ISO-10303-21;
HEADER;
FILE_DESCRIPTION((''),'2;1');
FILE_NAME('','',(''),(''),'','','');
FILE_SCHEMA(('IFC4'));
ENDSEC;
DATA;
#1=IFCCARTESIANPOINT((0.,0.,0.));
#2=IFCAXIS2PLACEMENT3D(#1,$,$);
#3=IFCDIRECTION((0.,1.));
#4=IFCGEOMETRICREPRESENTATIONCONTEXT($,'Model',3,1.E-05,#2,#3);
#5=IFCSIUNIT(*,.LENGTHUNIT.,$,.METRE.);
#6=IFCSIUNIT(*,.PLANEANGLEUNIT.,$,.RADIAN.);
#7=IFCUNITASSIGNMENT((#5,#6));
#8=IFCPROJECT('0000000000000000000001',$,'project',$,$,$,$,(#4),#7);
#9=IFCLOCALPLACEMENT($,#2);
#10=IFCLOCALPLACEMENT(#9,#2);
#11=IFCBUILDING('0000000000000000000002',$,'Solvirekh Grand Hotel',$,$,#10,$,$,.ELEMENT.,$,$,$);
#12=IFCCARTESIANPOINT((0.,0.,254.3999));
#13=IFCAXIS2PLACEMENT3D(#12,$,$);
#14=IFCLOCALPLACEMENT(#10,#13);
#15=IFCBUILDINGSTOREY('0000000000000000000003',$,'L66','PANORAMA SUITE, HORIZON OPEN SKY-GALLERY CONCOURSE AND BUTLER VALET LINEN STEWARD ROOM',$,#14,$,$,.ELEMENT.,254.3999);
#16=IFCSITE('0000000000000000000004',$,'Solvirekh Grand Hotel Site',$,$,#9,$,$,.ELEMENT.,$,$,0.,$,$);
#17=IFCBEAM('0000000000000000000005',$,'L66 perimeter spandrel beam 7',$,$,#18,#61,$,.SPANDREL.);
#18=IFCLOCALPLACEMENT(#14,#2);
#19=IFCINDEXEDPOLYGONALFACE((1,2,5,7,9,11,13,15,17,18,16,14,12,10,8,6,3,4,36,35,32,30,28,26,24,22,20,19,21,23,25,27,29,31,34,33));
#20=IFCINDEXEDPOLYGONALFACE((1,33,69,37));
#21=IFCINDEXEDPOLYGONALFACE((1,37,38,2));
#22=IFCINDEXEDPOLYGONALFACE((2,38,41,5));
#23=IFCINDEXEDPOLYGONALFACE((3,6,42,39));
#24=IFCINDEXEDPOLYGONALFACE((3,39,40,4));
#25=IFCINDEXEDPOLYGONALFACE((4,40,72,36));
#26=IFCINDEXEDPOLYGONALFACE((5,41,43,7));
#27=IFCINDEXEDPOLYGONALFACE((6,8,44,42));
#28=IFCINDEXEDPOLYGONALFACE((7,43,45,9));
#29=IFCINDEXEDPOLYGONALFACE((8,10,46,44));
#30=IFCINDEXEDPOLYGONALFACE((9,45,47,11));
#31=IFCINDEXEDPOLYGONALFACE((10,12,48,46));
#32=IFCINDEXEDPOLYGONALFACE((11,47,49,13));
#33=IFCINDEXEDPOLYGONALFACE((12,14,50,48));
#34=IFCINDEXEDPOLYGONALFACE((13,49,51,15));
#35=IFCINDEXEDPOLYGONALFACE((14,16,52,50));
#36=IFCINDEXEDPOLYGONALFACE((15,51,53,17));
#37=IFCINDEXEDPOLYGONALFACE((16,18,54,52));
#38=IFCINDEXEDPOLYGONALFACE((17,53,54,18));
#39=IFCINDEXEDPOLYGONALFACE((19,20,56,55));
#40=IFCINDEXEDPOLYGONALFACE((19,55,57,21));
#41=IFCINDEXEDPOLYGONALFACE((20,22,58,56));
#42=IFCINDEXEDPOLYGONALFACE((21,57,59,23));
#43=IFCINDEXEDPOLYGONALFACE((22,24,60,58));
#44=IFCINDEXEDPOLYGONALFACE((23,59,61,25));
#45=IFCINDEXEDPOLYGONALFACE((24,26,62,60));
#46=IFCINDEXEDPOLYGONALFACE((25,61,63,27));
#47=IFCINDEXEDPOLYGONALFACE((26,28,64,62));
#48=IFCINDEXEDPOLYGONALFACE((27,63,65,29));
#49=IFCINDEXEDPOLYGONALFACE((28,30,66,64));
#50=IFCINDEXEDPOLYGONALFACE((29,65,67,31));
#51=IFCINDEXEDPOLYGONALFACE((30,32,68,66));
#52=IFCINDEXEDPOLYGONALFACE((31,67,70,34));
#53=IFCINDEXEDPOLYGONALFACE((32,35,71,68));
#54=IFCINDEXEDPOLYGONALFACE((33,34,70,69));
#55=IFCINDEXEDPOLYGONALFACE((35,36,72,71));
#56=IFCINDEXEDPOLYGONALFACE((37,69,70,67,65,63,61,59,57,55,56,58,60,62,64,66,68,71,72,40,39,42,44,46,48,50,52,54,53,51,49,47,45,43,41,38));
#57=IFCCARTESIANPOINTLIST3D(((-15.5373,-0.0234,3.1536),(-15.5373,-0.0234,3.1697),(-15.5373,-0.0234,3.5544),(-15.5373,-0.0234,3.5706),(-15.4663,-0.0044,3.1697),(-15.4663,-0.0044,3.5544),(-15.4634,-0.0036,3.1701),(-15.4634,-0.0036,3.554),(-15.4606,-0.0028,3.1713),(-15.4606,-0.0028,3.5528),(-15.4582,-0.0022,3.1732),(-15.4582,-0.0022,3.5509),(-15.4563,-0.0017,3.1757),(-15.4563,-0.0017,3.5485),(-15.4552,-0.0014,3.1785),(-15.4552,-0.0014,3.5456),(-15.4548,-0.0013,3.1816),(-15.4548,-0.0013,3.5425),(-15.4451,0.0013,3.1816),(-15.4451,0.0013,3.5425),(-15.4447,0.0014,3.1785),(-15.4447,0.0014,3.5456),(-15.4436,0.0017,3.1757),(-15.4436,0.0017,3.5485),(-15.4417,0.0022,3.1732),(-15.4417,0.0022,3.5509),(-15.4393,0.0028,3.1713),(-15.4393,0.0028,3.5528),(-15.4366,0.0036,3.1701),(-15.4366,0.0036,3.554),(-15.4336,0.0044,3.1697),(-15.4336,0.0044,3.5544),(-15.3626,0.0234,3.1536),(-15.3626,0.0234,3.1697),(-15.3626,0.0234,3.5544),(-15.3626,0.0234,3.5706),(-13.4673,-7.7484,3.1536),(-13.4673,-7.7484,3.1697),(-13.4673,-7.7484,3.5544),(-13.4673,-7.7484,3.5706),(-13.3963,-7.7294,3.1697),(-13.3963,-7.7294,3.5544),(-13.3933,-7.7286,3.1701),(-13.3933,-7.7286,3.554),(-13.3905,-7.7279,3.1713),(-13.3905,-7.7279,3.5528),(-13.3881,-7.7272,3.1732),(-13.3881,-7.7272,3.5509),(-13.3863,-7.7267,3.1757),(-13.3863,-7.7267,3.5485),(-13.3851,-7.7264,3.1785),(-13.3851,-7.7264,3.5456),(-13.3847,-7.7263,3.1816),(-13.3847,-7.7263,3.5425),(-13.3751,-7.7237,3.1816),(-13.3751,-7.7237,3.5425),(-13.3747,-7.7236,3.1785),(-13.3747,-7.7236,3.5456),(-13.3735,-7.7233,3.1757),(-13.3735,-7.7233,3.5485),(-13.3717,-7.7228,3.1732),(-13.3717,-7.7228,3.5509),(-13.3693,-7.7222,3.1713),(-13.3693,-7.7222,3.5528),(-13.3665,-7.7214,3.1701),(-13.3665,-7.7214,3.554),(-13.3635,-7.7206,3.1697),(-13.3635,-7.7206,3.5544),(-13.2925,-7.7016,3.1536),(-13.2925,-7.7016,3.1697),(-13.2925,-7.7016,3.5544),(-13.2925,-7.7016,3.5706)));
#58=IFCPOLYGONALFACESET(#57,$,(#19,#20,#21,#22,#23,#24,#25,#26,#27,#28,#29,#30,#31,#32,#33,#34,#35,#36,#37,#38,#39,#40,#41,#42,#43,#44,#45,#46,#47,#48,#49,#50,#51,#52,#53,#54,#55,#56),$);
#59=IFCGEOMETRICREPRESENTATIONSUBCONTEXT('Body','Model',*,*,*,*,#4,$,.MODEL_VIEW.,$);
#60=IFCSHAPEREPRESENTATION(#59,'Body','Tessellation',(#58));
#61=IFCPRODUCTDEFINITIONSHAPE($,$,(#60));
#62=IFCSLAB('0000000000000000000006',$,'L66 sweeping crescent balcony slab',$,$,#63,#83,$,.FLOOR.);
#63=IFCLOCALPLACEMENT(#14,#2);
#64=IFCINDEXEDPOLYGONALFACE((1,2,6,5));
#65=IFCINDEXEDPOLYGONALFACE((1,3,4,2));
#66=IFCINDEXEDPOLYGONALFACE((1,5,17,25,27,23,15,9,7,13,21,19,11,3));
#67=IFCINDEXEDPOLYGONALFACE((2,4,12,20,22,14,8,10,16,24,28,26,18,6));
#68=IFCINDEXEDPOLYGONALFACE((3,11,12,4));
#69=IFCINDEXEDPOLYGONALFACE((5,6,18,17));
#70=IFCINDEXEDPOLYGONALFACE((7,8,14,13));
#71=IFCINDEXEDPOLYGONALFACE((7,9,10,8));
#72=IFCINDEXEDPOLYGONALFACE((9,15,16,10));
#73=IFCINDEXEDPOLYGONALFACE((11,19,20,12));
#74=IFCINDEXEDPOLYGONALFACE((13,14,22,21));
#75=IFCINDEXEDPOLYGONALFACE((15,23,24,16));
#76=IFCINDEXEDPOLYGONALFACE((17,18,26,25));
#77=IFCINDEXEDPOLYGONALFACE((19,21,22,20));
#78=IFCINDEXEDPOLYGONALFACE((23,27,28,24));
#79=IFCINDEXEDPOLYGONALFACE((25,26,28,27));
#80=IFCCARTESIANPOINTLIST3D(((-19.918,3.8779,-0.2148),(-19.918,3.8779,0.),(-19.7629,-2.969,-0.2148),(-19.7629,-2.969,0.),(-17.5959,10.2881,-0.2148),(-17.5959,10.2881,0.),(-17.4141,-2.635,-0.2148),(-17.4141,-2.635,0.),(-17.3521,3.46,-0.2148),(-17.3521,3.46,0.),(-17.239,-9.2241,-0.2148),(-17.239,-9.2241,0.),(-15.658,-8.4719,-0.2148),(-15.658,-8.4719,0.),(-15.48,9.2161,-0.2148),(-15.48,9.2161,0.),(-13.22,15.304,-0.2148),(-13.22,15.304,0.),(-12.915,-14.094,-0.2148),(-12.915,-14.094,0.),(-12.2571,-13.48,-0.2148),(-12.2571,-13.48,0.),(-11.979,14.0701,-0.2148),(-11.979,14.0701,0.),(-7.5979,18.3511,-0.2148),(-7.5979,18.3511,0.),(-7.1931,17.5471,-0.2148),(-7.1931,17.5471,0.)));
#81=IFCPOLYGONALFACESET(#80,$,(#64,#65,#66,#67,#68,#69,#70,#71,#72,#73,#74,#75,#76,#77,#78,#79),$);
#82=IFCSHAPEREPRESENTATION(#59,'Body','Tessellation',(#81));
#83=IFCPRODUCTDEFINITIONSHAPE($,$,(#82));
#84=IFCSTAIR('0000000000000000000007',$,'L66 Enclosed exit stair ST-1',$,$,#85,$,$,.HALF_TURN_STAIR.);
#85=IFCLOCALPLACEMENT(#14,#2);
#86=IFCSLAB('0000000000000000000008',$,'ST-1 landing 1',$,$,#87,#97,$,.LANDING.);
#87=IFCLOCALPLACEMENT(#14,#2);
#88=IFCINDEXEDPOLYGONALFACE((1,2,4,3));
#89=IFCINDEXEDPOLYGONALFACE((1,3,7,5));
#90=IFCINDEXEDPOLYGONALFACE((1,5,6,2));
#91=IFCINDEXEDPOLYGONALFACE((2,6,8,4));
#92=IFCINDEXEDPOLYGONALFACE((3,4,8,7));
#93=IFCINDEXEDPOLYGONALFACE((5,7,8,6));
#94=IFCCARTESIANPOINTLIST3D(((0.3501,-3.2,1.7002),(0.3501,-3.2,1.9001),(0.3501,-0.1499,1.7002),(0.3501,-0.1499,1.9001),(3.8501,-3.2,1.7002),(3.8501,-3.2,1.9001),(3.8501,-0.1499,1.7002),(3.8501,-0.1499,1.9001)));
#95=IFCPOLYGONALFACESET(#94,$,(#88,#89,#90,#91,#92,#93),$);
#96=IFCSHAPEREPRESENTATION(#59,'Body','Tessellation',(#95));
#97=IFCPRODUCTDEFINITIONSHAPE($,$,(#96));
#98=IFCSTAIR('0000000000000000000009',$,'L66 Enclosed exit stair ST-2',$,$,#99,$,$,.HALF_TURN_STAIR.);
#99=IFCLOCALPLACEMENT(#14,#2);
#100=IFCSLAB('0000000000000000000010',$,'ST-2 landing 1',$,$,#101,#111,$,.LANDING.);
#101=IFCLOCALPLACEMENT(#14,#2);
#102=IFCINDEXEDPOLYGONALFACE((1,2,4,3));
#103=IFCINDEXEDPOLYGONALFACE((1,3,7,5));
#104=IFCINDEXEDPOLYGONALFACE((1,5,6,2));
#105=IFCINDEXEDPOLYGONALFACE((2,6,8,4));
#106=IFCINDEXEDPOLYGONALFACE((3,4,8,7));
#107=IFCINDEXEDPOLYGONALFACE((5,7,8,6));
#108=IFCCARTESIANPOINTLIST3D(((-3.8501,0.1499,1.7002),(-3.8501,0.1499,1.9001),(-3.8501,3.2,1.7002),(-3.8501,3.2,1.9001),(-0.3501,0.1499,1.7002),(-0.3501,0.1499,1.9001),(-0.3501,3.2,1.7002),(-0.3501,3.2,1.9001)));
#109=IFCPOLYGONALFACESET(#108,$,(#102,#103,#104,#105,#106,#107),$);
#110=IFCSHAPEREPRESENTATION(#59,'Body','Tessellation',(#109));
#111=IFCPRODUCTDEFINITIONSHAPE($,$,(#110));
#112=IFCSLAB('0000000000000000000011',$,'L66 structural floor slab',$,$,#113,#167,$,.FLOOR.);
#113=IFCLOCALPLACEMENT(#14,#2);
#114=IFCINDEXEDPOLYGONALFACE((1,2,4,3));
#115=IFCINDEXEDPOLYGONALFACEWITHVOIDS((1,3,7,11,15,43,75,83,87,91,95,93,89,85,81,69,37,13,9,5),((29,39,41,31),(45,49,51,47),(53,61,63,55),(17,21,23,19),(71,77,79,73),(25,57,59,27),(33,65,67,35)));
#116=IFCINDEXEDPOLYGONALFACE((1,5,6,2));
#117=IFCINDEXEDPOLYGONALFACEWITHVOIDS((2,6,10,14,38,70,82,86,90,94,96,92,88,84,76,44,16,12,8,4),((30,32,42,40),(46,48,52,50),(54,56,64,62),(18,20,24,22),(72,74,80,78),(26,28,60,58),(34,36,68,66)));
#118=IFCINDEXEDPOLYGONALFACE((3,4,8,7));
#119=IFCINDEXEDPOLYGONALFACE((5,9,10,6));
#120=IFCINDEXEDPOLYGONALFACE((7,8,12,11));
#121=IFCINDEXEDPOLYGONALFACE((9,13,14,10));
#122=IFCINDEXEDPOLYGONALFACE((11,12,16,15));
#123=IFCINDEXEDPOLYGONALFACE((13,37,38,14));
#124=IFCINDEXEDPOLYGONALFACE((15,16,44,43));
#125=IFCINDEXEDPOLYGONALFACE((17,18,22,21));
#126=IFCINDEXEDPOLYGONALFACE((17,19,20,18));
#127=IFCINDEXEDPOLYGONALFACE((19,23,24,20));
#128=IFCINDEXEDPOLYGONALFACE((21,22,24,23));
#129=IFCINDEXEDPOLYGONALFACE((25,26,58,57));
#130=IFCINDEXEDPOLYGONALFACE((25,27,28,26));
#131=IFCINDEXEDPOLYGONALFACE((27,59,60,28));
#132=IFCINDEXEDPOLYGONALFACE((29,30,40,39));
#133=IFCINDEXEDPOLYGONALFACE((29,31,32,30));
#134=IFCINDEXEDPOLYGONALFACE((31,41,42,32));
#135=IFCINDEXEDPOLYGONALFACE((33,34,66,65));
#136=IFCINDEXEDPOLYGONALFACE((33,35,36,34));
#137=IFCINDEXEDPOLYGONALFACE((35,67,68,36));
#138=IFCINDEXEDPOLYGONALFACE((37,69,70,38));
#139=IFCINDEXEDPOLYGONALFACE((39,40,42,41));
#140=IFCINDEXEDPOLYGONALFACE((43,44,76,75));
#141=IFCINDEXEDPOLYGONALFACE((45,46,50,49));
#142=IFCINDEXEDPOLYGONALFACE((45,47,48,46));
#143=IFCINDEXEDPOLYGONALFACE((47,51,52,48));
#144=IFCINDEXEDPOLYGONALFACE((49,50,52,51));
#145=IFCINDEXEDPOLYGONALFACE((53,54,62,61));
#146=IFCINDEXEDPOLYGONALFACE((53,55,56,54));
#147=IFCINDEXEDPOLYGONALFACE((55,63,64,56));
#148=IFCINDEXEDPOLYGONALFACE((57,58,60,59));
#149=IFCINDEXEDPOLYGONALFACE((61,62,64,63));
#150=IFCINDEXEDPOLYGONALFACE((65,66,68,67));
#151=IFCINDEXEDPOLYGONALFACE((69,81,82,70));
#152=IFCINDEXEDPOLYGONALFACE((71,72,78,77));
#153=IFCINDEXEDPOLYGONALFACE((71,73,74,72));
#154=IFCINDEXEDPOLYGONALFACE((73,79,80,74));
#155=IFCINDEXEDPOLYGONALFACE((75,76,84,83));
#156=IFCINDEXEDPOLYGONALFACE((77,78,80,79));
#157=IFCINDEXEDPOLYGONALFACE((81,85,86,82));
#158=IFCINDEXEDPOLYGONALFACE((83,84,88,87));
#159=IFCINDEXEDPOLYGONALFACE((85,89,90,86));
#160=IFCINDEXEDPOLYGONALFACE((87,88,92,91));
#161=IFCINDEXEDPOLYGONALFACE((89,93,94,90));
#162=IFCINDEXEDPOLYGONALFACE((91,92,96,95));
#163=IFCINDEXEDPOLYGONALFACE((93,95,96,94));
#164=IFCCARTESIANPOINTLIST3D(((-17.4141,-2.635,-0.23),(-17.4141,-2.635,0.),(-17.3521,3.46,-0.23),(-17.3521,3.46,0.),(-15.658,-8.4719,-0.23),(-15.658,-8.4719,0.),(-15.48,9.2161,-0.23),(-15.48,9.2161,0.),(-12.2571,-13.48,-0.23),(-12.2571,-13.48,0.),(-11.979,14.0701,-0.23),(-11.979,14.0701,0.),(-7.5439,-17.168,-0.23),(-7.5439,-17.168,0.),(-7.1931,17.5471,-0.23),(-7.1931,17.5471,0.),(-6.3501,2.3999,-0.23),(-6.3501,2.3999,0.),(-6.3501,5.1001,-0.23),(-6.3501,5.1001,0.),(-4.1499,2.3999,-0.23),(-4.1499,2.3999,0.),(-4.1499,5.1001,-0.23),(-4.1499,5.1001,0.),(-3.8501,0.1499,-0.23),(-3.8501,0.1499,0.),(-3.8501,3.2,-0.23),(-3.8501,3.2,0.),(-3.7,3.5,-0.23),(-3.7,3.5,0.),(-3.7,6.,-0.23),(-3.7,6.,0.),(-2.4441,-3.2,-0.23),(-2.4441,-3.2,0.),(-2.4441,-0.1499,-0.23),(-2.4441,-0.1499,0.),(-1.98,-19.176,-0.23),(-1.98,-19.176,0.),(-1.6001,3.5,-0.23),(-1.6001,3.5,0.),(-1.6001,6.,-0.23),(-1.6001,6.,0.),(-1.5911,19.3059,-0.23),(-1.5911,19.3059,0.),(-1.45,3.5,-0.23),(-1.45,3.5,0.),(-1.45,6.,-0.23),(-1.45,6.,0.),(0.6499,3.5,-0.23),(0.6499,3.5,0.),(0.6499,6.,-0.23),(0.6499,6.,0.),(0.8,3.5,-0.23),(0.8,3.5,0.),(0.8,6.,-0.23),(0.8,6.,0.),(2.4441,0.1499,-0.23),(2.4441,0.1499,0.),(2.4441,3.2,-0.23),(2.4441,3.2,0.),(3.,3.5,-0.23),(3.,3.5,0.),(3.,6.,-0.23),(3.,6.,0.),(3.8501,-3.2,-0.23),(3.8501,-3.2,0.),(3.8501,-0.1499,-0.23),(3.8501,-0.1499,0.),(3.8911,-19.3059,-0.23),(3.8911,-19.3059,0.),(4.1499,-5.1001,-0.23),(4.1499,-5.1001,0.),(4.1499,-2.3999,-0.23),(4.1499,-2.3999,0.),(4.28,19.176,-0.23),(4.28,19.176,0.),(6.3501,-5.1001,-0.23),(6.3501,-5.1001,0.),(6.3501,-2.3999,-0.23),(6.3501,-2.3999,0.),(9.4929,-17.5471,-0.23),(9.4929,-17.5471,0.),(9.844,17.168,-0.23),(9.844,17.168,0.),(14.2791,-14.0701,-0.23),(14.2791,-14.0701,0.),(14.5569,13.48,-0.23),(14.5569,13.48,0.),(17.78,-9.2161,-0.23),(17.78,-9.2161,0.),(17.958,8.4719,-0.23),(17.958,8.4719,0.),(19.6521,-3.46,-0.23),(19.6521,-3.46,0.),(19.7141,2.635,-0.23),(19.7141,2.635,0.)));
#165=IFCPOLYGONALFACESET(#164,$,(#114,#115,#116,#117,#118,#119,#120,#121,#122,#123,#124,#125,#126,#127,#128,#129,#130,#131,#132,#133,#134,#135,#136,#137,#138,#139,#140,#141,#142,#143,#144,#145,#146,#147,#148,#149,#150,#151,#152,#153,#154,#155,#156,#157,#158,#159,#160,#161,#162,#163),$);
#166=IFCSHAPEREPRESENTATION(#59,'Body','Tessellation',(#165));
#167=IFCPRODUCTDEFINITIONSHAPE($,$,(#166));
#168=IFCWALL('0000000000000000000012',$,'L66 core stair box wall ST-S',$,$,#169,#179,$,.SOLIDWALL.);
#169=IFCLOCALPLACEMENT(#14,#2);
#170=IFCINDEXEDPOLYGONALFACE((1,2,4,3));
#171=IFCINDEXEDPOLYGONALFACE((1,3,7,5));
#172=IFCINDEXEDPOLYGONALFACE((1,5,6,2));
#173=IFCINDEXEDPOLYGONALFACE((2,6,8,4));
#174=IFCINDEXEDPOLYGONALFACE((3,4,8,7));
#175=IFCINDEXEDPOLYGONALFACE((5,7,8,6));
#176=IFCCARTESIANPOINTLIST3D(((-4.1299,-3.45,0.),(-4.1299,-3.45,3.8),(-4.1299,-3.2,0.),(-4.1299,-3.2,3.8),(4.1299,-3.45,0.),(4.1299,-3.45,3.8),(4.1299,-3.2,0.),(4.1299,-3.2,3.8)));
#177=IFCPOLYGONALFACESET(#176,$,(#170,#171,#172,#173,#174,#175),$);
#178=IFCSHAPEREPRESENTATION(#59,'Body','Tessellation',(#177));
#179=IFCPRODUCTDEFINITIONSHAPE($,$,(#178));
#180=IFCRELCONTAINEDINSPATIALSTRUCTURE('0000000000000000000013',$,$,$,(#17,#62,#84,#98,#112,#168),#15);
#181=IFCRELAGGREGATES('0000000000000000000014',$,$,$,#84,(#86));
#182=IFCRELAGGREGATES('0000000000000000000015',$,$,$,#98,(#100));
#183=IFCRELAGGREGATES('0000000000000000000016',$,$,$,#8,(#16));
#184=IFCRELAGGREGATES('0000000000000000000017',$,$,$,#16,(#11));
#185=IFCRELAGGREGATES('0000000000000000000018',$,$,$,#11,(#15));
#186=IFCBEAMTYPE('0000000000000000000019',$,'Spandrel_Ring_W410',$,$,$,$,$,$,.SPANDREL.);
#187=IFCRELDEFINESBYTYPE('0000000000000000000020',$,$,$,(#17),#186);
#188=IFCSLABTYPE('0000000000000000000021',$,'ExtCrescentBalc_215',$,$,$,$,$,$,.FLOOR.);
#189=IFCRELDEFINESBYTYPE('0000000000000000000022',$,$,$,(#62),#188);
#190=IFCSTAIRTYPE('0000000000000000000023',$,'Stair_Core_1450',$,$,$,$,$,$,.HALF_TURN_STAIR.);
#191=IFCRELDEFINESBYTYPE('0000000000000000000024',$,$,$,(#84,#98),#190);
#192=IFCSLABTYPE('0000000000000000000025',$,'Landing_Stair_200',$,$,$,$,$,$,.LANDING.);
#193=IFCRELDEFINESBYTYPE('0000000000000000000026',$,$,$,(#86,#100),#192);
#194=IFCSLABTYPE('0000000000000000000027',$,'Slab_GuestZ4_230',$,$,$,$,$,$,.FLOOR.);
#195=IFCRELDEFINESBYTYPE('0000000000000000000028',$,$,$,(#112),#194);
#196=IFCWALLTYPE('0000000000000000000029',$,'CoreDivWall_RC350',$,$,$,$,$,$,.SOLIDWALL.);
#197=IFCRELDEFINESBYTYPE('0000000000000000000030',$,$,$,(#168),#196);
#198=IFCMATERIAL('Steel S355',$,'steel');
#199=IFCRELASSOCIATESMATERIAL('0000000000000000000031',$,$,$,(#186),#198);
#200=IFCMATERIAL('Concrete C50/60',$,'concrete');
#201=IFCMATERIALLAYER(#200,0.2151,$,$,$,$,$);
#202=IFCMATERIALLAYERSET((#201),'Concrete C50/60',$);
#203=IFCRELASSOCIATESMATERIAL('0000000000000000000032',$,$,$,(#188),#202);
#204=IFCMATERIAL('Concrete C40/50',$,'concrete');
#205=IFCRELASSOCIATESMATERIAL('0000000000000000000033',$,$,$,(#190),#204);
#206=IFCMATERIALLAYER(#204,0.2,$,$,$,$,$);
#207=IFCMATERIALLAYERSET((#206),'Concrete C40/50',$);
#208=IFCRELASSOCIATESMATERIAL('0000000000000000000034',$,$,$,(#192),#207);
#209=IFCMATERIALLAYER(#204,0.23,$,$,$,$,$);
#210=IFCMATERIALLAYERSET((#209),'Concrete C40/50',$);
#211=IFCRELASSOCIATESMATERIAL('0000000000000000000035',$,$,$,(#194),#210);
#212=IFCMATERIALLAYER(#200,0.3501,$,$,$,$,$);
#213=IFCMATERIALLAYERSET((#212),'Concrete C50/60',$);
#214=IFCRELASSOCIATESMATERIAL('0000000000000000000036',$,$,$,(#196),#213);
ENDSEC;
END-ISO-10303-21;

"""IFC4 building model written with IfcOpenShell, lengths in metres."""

from ifc_helpers import new_model, si_unit, direction, frame, frame_2d, origin, origin_2d, place, context, subcontext, project, spatial, polyline, rectangle, i_section, outline, extrude, material, layer, layer_set, material_profile, profile_set, type_object, element, aggregate, save


model = new_model("IFC4")

# Units and contexts
model_context = context("Model", 3, precision=1e-05, world=origin(), true_north=direction((0.0, 1.0)))
body_context = subcontext(model_context, "Body", "Model", "MODEL_VIEW")
ifc_project = project(units=[si_unit("LENGTHUNIT", "METRE"), si_unit("PLANEANGLEUNIT", "RADIAN")], contexts=[model_context])

# Site, building, storey
site_placement = place(None, origin())
site = spatial("IfcSite", under=ifc_project, at=site_placement, Name="Solvirekh Grand Hotel Site", CompositionType="ELEMENT", RefElevation=0.0)
building_placement = place(site_placement, origin())
building = spatial("IfcBuilding", under=site, at=building_placement, Name="Solvirekh Grand Hotel", CompositionType="ELEMENT")
storey_placement = place(building_placement, frame((0.0, 0.0, 254.3999)))
storey = spatial("IfcBuildingStorey", under=building, at=storey_placement, Name="L66", Description="PANORAMA SUITE, HORIZON OPEN SKY-GALLERY CONCOURSE AND BUTLER VALET LINEN STEWARD ROOM", CompositionType="ELEMENT", Elevation=254.3999)

# Shared definitions
ifc_material_1 = material(Name="Concrete C50/60", Category="concrete")

# Beam
ifc_material_2 = material(Name="Steel S355", Category="steel")
ifc_material_profile_1 = material_profile(ifc_material_2, i_section(OverallWidth=0.1809, OverallDepth=0.417, WebThickness=0.01, FlangeThickness=0.0161, FilletRadius=0.012, at=origin_2d()), Name="W410X85")
ifc_profile_set_1 = profile_set([ifc_material_profile_1], Name="Steel S355")
beam_type_1 = type_object("IfcBeamType", Name="Spandrel_Ring_W410", PredefinedType="SPANDREL", material=ifc_profile_set_1)
beam_1_placement = place(storey_placement, frame((-15.45, 0.0, 3.3621), z_axis=(0.258835, -0.965922, 0.0), x_axis=(0.965922, 0.258835, 0.0)))
element("IfcBeam", 1, at=beam_1_placement, inside=storey, type_object=beam_type_1, Name="L66 perimeter spandrel beam 7", PredefinedType="SPANDREL", context=body_context, shape_type="SweptSolid", body=[
    extrude(i_section(OverallWidth=0.1809, OverallDepth=0.417, WebThickness=0.01, FlangeThickness=0.0161, FilletRadius=0.012, at=origin_2d()), origin(), (0.0, 0.0, 1.0), 7.9976),
])

# Slab
ifc_layer_1 = layer(ifc_material_1, 0.2151)
ifc_layer_set_1 = layer_set([ifc_layer_1], Name="Concrete C50/60")
slab_type_1 = type_object("IfcSlabType", Name="ExtCrescentBalc_215", PredefinedType="FLOOR", material=ifc_layer_set_1)
slab_1_placement = place(storey_placement, frame((0.0, 0.0, -0.2148)))
element("IfcSlab", 2, at=slab_1_placement, inside=storey, type_object=slab_type_1, Name="L66 sweeping crescent balcony slab", PredefinedType="FLOOR", context=body_context, shape_type="SweptSolid", body=[
    extrude(outline(polyline([(-7.5979, 18.3511), (-13.22, 15.304), (-17.5959, 10.2881), (-19.918, 3.8779), (-19.7629, -2.969), (-17.239, -9.2241), (-12.915, -14.094), (-12.2571, -13.48), (-15.658, -8.4719), (-17.4141, -2.635), (-17.3521, 3.46), (-15.48, 9.2161), (-11.979, 14.0701), (-7.1931, 17.5471), (-7.5979, 18.3511)])), origin(), (0.0, 0.0, 1.0), 0.2148),
])

# Stairs, slabs
ifc_material_3 = material(Name="Concrete C40/50", Category="concrete")
stair_type = type_object("IfcStairType", Name="Stair_Core_1450", PredefinedType="HALF_TURN_STAIR", material=ifc_material_3)
stair_1_placement = place(storey_placement, origin())
stair_1 = element("IfcStair", 3, at=stair_1_placement, inside=storey, type_object=stair_type, Name="L66 Enclosed exit stair ST-1", PredefinedType="HALF_TURN_STAIR")
ifc_layer_2 = layer(ifc_material_3, 0.2)
ifc_layer_set_2 = layer_set([ifc_layer_2], Name="Concrete C40/50")
slab_type_2 = type_object("IfcSlabType", Name="Landing_Stair_200", PredefinedType="LANDING", material=ifc_layer_set_2)
slab_2_placement = place(storey_placement, frame((0.0, 0.0, 1.7002)))
slab_2 = element("IfcSlab", 4, at=slab_2_placement, type_object=slab_type_2, Name="ST-1 landing 1", PredefinedType="LANDING", context=body_context, shape_type="SweptSolid", body=[
    extrude(outline(polyline([(0.3501, -3.2), (3.8501, -3.2), (3.8501, -0.1499), (0.3501, -0.1499), (0.3501, -3.2)])), origin(), (0.0, 0.0, 1.0), 0.2),
])
stair_2_placement = place(storey_placement, origin())
stair_2 = element("IfcStair", 5, at=stair_2_placement, inside=storey, type_object=stair_type, Name="L66 Enclosed exit stair ST-2", PredefinedType="HALF_TURN_STAIR")
slab_3_placement = place(storey_placement, frame((0.0, 0.0, 1.7002)))
slab_3 = element("IfcSlab", 6, at=slab_3_placement, type_object=slab_type_2, Name="ST-2 landing 1", PredefinedType="LANDING", context=body_context, shape_type="SweptSolid", body=[
    extrude(outline(polyline([(-0.3501, 3.2), (-3.8501, 3.2), (-3.8501, 0.1499), (-0.3501, 0.1499), (-0.3501, 3.2)])), origin(), (0.0, 0.0, 1.0), 0.2),
])

# Slab
ifc_layer_3 = layer(ifc_material_3, 0.23)
ifc_layer_set_3 = layer_set([ifc_layer_3], Name="Concrete C40/50")
slab_type_3 = type_object("IfcSlabType", Name="Slab_GuestZ4_230", PredefinedType="FLOOR", material=ifc_layer_set_3)
slab_4_placement = place(storey_placement, frame((0.0, 0.0, -0.23)))
element("IfcSlab", 7, at=slab_4_placement, inside=storey, type_object=slab_type_3, Name="L66 structural floor slab", PredefinedType="FLOOR", context=body_context, shape_type="SweptSolid", body=[
    extrude(outline(polyline([(3.8911, -19.3059), (9.4929, -17.5471), (14.2791, -14.0701), (17.78, -9.2161), (19.6521, -3.46), (19.7141, 2.635), (17.958, 8.4719), (14.5569, 13.48), (9.844, 17.168), (4.28, 19.176), (-1.5911, 19.3059), (-7.1931, 17.5471), (-11.979, 14.0701), (-15.48, 9.2161), (-17.3521, 3.46), (-17.4141, -2.635), (-15.658, -8.4719), (-12.2571, -13.48), (-7.5439, -17.168), (-1.98, -19.176), (3.8911, -19.3059)]), holes=[polyline([(-2.4441, -0.1499), (3.8501, -0.1499), (3.8501, -3.2), (-2.4441, -3.2), (-2.4441, -0.1499)]), polyline([(2.4441, 0.1499), (-3.8501, 0.1499), (-3.8501, 3.2), (2.4441, 3.2), (2.4441, 0.1499)]), polyline([(-3.7, 6.0), (-1.6001, 6.0), (-1.6001, 3.5), (-3.7, 3.5), (-3.7, 6.0)]), polyline([(-1.45, 6.0), (0.6499, 6.0), (0.6499, 3.5), (-1.45, 3.5), (-1.45, 6.0)]), polyline([(0.8, 6.0), (3.0, 6.0), (3.0, 3.5), (0.8, 3.5), (0.8, 6.0)]), polyline([(-6.3501, 5.1001), (-4.1499, 5.1001), (-4.1499, 2.3999), (-6.3501, 2.3999), (-6.3501, 5.1001)]), polyline([(4.1499, -2.3999), (6.3501, -2.3999), (6.3501, -5.1001), (4.1499, -5.1001), (4.1499, -2.3999)])]), origin(), (0.0, 0.0, 1.0), 0.23),
])

# Wall
ifc_layer_4 = layer(ifc_material_1, 0.3501)
ifc_layer_set_4 = layer_set([ifc_layer_4], Name="Concrete C50/60")
wall_type_1 = type_object("IfcWallType", Name="CoreDivWall_RC350", PredefinedType="SOLIDWALL", material=ifc_layer_set_4)
wall_1_placement = place(storey_placement, frame((-4.1299, -3.325, 0.0), z_axis=(0.0, 0.0, 1.0), x_axis=(1.0, 0.0, 0.0)))
element("IfcWall", 8, at=wall_1_placement, inside=storey, type_object=wall_type_1, Name="L66 core stair box wall ST-S", PredefinedType="SOLIDWALL", context=body_context, shape_type="SweptSolid", body=[
    extrude(rectangle(XDim=8.2598, YDim=0.25, at=frame_2d((4.1299, 0.0))), origin(), (0.0, 0.0, 1.0), 3.8),
])

aggregate(stair_1, [slab_2])
aggregate(stair_2, [slab_3])

save(model, "model.ifc")
